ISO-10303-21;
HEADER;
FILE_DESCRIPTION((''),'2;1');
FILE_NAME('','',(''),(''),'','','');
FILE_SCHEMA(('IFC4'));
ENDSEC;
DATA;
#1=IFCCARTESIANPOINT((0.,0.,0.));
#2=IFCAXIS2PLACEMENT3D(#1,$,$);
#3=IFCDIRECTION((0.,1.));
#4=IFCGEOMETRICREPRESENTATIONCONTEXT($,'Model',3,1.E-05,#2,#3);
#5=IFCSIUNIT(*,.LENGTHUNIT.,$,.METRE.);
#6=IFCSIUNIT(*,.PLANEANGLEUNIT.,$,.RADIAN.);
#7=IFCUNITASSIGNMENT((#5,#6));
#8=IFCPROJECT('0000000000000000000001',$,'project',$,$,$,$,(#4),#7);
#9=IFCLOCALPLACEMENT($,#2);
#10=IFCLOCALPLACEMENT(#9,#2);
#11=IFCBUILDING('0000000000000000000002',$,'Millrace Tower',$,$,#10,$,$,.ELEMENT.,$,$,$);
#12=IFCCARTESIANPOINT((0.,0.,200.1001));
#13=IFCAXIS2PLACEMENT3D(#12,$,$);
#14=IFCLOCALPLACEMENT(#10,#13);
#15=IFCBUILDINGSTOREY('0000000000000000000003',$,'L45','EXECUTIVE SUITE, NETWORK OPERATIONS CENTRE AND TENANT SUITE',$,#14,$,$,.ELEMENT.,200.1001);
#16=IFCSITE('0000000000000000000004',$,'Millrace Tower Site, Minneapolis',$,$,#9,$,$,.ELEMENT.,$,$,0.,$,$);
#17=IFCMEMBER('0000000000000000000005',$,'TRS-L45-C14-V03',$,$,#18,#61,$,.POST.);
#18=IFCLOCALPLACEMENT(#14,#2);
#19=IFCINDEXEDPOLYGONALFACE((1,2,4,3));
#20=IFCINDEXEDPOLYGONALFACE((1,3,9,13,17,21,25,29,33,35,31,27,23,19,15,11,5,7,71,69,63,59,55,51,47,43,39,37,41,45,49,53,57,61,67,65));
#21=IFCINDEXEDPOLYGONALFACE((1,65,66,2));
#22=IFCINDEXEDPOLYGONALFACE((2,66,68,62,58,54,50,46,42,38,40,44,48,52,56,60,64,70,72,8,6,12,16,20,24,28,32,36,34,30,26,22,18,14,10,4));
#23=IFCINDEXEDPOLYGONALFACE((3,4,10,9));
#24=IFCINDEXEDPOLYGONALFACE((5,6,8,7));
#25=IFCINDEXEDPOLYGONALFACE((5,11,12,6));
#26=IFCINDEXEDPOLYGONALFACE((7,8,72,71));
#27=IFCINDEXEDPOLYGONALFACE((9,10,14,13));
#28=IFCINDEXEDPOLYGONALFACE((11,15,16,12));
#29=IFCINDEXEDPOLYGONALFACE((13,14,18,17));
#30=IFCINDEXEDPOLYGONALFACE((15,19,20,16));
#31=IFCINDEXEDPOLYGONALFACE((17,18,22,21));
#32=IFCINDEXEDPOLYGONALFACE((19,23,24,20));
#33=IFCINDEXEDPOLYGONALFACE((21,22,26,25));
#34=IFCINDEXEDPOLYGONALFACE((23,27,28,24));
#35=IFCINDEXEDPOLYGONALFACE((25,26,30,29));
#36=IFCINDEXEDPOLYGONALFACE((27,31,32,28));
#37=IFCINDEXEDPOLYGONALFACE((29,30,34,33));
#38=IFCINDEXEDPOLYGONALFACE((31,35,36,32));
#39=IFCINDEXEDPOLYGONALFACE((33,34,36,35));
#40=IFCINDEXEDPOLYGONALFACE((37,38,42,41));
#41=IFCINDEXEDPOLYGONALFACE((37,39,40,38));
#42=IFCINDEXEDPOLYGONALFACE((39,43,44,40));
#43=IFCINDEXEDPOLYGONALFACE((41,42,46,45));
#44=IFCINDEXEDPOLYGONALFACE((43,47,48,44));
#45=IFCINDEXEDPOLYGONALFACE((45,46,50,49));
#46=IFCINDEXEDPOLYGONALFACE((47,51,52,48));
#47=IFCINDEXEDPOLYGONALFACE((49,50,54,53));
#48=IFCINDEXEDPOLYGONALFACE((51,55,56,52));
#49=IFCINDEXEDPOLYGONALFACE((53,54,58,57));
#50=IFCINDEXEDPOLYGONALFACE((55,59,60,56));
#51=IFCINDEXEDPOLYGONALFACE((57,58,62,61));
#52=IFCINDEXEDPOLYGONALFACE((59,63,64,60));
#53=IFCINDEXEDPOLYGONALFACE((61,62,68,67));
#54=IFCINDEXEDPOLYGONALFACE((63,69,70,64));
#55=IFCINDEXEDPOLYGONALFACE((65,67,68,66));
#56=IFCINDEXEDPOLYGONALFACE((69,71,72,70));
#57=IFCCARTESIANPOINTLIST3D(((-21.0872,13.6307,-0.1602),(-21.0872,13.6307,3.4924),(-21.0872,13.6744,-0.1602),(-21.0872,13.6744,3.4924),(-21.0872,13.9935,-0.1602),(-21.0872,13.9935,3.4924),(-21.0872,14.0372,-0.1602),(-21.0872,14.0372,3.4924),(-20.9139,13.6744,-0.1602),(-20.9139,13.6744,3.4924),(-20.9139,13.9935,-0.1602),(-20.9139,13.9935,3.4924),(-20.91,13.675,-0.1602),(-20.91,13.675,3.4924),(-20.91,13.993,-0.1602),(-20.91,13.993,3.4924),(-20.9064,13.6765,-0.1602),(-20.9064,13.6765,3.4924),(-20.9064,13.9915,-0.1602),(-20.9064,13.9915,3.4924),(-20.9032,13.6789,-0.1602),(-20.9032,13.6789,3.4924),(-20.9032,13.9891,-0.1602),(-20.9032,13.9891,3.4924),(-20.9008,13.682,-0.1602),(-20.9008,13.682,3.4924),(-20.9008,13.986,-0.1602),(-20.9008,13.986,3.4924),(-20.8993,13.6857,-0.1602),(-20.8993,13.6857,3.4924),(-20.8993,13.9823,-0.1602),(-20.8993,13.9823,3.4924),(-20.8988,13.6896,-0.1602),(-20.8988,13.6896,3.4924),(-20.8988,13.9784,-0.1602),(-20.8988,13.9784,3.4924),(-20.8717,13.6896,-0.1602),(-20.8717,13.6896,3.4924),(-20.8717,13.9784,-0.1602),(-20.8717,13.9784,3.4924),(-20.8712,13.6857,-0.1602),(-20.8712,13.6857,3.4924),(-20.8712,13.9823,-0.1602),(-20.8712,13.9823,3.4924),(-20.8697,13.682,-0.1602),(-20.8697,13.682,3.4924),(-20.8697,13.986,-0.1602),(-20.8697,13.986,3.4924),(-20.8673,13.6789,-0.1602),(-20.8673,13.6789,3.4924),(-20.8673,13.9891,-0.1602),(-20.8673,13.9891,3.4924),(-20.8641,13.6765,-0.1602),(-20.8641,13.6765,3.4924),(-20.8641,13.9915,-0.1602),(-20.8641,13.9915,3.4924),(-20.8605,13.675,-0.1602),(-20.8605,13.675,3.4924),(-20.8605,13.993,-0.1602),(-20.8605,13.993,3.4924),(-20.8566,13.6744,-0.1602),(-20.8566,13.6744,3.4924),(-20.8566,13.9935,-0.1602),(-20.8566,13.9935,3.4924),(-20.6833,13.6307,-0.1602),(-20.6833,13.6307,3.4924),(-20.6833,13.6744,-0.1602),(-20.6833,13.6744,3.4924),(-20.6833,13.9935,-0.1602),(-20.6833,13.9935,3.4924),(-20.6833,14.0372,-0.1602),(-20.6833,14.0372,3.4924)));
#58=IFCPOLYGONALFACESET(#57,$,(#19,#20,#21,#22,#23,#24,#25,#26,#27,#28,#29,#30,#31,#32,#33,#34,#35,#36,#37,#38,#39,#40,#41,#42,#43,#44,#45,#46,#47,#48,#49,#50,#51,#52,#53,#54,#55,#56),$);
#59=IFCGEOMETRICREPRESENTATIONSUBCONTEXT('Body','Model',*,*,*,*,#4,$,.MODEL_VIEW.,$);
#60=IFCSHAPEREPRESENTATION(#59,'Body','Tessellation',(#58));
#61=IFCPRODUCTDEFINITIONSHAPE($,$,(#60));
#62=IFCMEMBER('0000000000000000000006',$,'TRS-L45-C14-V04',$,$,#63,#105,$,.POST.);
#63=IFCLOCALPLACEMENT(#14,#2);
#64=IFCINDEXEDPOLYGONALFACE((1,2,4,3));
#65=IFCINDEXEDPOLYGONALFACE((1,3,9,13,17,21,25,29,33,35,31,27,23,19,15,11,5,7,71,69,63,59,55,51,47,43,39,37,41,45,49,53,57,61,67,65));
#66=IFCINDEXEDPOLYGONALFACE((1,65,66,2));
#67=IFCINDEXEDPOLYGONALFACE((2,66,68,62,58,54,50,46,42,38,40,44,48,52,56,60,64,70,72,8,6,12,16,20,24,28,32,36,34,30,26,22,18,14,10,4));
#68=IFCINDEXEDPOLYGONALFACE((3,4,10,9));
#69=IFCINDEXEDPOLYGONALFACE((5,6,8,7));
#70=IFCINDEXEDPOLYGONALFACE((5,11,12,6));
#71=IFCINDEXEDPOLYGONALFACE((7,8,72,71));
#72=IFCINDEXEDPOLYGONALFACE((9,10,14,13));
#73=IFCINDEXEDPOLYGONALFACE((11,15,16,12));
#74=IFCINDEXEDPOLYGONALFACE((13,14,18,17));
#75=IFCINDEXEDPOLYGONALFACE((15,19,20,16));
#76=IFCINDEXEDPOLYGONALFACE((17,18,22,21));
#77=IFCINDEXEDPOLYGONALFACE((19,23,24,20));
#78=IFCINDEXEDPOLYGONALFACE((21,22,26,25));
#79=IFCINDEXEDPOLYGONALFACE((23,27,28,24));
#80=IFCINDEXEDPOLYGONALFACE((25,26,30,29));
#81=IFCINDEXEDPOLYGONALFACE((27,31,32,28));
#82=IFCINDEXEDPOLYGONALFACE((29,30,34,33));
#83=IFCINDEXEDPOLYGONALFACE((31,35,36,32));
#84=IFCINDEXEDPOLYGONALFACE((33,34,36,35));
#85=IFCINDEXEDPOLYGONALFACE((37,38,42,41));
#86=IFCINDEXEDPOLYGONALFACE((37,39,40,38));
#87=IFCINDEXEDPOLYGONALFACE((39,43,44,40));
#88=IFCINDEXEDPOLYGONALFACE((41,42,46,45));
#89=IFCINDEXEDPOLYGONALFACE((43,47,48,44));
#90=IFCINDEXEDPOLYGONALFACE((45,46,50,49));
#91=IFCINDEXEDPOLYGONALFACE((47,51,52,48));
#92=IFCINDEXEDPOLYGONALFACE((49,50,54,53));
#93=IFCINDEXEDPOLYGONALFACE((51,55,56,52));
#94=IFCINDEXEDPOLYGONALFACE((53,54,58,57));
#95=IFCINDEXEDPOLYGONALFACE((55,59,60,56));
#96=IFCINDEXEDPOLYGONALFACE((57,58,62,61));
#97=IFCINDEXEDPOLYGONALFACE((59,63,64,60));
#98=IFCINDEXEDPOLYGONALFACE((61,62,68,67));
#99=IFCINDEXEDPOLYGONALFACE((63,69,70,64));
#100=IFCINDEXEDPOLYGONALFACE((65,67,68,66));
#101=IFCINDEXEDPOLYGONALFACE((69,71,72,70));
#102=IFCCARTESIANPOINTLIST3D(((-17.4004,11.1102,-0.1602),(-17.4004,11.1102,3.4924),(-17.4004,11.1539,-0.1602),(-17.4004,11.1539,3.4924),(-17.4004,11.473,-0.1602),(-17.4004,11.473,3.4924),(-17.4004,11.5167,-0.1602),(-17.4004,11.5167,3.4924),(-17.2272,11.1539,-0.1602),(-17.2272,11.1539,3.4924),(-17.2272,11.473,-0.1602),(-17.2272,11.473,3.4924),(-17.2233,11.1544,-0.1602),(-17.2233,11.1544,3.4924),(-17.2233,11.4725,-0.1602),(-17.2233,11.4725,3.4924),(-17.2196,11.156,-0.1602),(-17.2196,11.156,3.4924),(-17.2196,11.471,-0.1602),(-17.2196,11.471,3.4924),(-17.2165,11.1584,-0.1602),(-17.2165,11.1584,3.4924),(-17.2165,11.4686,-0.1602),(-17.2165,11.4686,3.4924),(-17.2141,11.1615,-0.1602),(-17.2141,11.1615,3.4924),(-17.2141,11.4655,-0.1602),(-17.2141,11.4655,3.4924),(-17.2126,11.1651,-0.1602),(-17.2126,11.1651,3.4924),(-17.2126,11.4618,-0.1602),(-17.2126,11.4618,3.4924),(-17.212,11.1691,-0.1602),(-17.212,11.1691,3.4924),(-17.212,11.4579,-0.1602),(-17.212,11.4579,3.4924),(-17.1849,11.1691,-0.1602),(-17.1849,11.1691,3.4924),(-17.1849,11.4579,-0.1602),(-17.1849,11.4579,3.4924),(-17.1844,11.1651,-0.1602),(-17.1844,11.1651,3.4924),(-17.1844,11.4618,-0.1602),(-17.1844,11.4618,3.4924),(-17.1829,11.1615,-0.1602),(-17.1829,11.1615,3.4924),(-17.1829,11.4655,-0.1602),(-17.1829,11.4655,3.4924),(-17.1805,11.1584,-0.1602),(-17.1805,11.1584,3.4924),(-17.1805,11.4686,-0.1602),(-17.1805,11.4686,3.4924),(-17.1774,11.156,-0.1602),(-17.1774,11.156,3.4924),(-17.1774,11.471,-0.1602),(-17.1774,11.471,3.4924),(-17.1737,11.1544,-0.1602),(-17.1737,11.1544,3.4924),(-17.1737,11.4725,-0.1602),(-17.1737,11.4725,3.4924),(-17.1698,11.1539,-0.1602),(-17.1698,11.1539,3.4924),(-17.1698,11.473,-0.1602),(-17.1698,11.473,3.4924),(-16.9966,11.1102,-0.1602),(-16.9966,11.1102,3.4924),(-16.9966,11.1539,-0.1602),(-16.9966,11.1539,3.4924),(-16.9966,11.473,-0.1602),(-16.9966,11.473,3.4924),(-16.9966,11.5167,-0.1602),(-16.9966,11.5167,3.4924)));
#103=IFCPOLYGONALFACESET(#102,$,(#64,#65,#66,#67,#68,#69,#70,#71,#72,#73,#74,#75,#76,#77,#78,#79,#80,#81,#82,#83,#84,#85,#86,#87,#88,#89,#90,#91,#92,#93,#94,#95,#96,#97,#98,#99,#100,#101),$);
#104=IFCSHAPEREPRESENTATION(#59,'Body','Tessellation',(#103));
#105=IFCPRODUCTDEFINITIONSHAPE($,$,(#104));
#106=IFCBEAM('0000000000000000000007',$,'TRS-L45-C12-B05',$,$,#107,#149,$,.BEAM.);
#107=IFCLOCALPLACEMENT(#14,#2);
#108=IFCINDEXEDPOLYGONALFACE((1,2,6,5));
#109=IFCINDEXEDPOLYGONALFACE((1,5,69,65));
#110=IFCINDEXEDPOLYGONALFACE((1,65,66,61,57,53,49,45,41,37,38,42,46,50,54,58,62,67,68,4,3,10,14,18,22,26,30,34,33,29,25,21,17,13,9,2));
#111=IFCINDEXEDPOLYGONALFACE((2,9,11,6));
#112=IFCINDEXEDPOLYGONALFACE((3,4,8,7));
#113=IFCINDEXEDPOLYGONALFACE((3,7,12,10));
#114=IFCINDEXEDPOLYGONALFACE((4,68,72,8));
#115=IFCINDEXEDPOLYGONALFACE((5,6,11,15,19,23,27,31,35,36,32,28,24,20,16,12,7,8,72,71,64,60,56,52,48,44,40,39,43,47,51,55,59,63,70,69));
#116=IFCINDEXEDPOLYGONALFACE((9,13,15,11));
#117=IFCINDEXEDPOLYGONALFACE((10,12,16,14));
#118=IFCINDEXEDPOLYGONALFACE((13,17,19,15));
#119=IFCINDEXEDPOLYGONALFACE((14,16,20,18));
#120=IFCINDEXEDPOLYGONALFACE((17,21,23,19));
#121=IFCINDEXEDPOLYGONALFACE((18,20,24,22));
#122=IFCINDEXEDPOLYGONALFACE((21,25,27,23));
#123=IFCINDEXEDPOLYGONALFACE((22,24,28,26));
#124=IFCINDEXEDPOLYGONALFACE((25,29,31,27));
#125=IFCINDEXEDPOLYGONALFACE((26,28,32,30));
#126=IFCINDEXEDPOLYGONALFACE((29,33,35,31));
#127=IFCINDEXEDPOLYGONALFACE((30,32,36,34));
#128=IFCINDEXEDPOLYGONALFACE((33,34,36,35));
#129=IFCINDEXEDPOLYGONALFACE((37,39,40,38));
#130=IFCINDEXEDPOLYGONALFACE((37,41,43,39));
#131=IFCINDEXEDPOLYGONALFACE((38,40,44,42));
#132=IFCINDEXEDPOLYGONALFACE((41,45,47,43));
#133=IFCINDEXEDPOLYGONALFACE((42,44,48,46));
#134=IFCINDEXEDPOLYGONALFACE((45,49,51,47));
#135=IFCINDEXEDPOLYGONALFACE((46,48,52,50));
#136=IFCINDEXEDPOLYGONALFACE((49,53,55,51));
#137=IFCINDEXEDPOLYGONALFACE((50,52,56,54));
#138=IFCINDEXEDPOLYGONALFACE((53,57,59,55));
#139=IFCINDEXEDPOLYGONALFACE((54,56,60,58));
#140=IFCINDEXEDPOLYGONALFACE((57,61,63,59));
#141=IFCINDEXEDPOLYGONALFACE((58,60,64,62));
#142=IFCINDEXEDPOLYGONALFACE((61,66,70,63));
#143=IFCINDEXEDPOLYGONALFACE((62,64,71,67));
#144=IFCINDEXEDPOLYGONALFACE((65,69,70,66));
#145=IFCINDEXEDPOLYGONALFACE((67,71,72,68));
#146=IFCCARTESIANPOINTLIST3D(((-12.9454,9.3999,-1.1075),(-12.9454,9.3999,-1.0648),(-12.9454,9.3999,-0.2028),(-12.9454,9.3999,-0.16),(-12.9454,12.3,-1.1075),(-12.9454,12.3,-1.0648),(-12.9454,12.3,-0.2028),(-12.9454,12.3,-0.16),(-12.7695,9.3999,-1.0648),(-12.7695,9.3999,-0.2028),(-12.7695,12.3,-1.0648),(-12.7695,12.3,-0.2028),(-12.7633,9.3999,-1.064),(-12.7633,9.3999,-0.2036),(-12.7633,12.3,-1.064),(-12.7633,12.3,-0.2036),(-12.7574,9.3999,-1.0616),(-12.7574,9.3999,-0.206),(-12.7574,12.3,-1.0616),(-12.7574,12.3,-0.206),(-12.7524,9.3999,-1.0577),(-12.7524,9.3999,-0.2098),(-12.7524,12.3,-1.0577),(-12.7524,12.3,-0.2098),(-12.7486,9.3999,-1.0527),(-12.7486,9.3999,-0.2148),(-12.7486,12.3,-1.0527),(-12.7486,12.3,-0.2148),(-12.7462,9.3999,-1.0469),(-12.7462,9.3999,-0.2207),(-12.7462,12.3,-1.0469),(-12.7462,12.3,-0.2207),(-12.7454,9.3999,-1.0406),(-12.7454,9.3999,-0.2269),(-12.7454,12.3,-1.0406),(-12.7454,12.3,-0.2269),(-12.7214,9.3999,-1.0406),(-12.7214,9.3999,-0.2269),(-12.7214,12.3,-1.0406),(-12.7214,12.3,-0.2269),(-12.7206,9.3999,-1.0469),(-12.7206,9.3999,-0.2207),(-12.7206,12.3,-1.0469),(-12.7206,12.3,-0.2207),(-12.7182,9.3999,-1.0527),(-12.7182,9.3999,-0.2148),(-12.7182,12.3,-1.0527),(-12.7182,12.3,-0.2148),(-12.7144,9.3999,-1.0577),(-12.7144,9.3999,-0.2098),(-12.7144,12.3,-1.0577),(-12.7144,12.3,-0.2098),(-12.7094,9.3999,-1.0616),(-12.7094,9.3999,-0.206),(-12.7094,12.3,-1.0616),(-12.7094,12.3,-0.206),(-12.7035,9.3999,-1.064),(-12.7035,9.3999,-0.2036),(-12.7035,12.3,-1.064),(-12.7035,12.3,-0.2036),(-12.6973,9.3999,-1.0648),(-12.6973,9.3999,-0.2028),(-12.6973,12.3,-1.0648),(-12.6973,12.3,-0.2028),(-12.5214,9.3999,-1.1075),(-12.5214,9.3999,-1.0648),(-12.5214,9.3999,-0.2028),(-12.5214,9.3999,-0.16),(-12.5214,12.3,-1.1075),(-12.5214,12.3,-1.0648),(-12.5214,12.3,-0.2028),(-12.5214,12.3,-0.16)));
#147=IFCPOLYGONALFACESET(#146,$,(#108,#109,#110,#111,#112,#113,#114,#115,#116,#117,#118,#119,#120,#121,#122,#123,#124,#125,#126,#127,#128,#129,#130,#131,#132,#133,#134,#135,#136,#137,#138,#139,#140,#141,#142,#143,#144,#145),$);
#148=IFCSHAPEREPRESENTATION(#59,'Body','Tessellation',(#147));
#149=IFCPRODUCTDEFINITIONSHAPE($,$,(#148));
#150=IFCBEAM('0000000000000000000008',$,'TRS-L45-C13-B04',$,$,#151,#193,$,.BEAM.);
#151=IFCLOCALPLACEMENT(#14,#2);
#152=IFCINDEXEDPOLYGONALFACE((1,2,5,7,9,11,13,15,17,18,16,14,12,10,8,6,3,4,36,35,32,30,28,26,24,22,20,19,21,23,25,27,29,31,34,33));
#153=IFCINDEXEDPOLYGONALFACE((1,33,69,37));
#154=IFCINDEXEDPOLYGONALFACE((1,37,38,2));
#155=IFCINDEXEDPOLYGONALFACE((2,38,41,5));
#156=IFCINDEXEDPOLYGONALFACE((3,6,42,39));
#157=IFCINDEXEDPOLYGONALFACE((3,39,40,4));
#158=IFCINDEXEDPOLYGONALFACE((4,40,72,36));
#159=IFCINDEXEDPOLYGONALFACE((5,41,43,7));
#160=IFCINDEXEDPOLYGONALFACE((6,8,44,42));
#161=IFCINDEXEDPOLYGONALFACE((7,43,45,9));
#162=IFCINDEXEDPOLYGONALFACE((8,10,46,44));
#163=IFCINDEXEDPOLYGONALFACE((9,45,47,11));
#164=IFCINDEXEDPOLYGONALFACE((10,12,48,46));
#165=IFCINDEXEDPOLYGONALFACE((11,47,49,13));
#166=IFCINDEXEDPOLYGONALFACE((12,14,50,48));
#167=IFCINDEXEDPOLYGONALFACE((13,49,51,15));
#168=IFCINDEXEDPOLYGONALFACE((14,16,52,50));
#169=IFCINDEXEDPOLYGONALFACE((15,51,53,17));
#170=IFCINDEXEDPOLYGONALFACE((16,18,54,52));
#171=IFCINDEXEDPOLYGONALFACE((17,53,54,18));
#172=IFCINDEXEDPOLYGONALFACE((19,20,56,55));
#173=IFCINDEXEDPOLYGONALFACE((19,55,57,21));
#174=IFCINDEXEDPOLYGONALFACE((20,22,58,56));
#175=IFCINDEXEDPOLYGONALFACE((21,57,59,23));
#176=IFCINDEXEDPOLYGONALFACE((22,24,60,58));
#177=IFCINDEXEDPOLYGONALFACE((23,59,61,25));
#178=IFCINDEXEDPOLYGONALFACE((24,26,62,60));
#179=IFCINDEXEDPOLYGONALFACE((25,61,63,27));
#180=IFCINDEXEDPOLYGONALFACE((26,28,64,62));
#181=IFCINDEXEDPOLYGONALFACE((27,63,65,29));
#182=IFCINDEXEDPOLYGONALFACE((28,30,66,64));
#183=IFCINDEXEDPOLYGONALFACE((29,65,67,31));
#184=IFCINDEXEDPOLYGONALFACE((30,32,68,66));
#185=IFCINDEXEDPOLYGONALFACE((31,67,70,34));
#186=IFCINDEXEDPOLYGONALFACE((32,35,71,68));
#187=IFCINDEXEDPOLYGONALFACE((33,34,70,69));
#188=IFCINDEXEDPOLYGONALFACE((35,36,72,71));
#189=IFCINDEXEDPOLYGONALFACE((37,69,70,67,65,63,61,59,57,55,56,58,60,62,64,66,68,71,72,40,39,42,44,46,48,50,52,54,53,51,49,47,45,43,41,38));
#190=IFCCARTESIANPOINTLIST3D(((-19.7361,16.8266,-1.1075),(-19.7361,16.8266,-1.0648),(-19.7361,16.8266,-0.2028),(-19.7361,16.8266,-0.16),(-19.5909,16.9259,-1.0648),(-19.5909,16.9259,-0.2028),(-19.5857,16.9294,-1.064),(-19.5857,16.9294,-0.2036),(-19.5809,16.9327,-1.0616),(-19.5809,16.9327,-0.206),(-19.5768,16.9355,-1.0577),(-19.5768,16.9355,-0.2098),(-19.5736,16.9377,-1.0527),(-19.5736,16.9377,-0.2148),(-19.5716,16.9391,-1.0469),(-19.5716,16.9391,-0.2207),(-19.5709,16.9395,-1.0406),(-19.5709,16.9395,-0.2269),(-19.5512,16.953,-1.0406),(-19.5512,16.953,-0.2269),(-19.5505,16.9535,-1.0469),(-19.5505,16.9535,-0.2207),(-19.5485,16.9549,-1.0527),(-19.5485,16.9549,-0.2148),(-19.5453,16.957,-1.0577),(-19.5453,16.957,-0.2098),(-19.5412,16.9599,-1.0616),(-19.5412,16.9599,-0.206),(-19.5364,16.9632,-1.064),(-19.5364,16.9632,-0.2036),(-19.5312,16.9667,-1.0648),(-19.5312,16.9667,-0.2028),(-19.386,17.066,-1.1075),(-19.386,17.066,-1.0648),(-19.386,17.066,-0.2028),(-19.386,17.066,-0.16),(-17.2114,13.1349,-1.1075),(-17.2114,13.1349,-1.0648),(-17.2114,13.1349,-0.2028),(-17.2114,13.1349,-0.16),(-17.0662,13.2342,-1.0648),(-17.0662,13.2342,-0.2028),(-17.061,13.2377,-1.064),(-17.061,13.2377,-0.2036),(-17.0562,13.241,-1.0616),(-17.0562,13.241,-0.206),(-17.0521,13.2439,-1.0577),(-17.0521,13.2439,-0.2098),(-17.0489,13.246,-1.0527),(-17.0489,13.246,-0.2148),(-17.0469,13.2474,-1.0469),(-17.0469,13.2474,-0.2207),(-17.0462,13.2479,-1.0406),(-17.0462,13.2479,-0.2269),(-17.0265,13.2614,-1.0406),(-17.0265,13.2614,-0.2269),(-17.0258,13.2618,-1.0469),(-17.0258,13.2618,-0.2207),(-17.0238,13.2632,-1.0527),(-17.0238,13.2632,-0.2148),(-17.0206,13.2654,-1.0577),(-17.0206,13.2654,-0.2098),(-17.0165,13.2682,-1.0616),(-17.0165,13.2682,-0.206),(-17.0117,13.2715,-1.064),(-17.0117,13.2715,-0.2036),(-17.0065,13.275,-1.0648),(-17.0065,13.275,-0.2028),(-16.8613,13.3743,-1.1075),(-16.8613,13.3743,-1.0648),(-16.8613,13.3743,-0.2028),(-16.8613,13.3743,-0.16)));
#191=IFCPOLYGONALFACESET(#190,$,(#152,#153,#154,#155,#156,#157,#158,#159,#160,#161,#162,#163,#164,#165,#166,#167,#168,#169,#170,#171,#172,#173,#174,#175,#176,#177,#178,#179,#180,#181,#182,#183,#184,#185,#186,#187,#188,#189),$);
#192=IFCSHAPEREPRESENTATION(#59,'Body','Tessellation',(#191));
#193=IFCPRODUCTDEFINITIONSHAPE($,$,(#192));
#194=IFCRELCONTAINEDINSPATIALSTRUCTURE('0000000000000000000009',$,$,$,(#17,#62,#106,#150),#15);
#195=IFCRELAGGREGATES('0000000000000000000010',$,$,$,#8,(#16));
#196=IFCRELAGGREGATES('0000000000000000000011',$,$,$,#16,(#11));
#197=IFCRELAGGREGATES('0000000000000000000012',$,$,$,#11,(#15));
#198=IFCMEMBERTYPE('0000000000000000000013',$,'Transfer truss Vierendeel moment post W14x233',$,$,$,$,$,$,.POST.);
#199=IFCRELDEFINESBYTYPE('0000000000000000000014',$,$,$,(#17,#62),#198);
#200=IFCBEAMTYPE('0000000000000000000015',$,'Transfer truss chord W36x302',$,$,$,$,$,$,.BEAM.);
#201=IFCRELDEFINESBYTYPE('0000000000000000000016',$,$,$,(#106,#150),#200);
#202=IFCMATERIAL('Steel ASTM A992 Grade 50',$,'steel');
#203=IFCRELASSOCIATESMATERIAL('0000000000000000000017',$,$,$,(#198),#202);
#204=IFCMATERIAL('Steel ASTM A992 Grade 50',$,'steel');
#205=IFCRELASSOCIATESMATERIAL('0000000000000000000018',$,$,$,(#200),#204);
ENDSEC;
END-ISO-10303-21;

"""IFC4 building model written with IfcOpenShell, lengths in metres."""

from ifc_helpers import new_model, si_unit, direction, frame, origin, origin_2d, place, context, subcontext, project, spatial, i_section, extrude, material, material_profile, profile_set, type_object, element, save


model = new_model("IFC4")

# Units and contexts
model_context = context("Model", 3, precision=1e-05, world=origin(), true_north=direction((0.0, 1.0)))
body_context = subcontext(model_context, "Body", "Model", "MODEL_VIEW")
ifc_project = project(units=[si_unit("LENGTHUNIT", "METRE"), si_unit("PLANEANGLEUNIT", "RADIAN")], contexts=[model_context])

# Site, building, storey
site_placement = place(None, origin())
site = spatial("IfcSite", under=ifc_project, at=site_placement, Name="Millrace Tower Site, Minneapolis", CompositionType="ELEMENT", RefElevation=0.0)
building_placement = place(site_placement, origin())
building = spatial("IfcBuilding", under=site, at=building_placement, Name="Millrace Tower", CompositionType="ELEMENT")
storey_placement = place(building_placement, frame((0.0, 0.0, 200.1001)))
storey = spatial("IfcBuildingStorey", under=building, at=storey_placement, Name="L45", Description="EXECUTIVE SUITE, NETWORK OPERATIONS CENTRE AND TENANT SUITE", CompositionType="ELEMENT", Elevation=200.1001)

# Members
ifc_material_1 = material(Name="Steel ASTM A992 Grade 50", Category="steel")
ifc_material_profile_1 = material_profile(ifc_material_1, i_section(OverallWidth=0.4038, OverallDepth=0.4065, WebThickness=0.0271, FlangeThickness=0.0437, FilletRadius=0.0151, at=origin_2d()))
ifc_profile_set_1 = profile_set([ifc_material_profile_1], Name="Steel ASTM A992 Grade 50")
member_type = type_object("IfcMemberType", Name="Transfer truss Vierendeel moment post W14x233", PredefinedType="POST", material=ifc_profile_set_1)
for number, where, z_axis, x_axis, name in (
    (1, (-20.8853, 13.834, -0.1602), (0.0, 0.0, 1.0), (1.0, 0.0, 0.0), "TRS-L45-C14-V03"),
    (2, (-17.1985, 11.3135, -0.1602), (0.0, 0.0, 1.0), (1.0, 0.0, 0.0), "TRS-L45-C14-V04"),
):
    element("IfcMember", number, at=place(storey_placement, frame(where, z_axis=z_axis, x_axis=x_axis)), inside=storey, type_object=member_type, Name=name, PredefinedType="POST", context=body_context, shape_type="SweptSolid", body=[
        extrude(i_section(OverallWidth=0.4038, OverallDepth=0.4065, WebThickness=0.0271, FlangeThickness=0.0437, FilletRadius=0.0151, at=origin_2d()), origin(), (0.0, 0.0, 1.0), 3.6526),
    ])

# Beams
ifc_material_2 = material(Name="Steel ASTM A992 Grade 50", Category="steel")
ifc_material_profile_2 = material_profile(ifc_material_2, i_section(OverallWidth=0.4241, OverallDepth=0.9475, WebThickness=0.0239, FlangeThickness=0.0427, FilletRadius=0.0242, at=origin_2d()))
ifc_profile_set_2 = profile_set([ifc_material_profile_2], Name="Steel ASTM A992 Grade 50")
beam_type_1 = type_object("IfcBeamType", Name="Transfer truss chord W36x302", PredefinedType="BEAM", material=ifc_profile_set_2)
beam_1_placement = place(storey_placement, frame((-12.7334, 12.3, -0.6338), z_axis=(0.0, -1.0, 0.0), x_axis=(1.0, 0.0, 0.0)))
element("IfcBeam", 3, at=beam_1_placement, inside=storey, type_object=beam_type_1, Name="TRS-L45-C12-B05", PredefinedType="BEAM", context=body_context, shape_type="SweptSolid", body=[
    extrude(i_section(OverallWidth=0.4241, OverallDepth=0.9475, WebThickness=0.0239, FlangeThickness=0.0427, FilletRadius=0.0242, at=origin_2d()), origin(), (0.0, 0.0, 1.0), 2.9001),
])
beam_2_placement = place(storey_placement, frame((-19.561, 16.9463, -0.6338), z_axis=(0.5645, -0.825433, 0.0), x_axis=(0.825433, 0.5645, 0.0)))
element("IfcBeam", 4, at=beam_2_placement, inside=storey, type_object=beam_type_1, Name="TRS-L45-C13-B04", PredefinedType="BEAM", context=body_context, shape_type="SweptSolid", body=[
    extrude(i_section(OverallWidth=0.4241, OverallDepth=0.9475, WebThickness=0.0239, FlangeThickness=0.0427, FilletRadius=0.0242, at=origin_2d()), origin(), (0.0, 0.0, 1.0), 4.4724),
])

save(model, "model.ifc")
